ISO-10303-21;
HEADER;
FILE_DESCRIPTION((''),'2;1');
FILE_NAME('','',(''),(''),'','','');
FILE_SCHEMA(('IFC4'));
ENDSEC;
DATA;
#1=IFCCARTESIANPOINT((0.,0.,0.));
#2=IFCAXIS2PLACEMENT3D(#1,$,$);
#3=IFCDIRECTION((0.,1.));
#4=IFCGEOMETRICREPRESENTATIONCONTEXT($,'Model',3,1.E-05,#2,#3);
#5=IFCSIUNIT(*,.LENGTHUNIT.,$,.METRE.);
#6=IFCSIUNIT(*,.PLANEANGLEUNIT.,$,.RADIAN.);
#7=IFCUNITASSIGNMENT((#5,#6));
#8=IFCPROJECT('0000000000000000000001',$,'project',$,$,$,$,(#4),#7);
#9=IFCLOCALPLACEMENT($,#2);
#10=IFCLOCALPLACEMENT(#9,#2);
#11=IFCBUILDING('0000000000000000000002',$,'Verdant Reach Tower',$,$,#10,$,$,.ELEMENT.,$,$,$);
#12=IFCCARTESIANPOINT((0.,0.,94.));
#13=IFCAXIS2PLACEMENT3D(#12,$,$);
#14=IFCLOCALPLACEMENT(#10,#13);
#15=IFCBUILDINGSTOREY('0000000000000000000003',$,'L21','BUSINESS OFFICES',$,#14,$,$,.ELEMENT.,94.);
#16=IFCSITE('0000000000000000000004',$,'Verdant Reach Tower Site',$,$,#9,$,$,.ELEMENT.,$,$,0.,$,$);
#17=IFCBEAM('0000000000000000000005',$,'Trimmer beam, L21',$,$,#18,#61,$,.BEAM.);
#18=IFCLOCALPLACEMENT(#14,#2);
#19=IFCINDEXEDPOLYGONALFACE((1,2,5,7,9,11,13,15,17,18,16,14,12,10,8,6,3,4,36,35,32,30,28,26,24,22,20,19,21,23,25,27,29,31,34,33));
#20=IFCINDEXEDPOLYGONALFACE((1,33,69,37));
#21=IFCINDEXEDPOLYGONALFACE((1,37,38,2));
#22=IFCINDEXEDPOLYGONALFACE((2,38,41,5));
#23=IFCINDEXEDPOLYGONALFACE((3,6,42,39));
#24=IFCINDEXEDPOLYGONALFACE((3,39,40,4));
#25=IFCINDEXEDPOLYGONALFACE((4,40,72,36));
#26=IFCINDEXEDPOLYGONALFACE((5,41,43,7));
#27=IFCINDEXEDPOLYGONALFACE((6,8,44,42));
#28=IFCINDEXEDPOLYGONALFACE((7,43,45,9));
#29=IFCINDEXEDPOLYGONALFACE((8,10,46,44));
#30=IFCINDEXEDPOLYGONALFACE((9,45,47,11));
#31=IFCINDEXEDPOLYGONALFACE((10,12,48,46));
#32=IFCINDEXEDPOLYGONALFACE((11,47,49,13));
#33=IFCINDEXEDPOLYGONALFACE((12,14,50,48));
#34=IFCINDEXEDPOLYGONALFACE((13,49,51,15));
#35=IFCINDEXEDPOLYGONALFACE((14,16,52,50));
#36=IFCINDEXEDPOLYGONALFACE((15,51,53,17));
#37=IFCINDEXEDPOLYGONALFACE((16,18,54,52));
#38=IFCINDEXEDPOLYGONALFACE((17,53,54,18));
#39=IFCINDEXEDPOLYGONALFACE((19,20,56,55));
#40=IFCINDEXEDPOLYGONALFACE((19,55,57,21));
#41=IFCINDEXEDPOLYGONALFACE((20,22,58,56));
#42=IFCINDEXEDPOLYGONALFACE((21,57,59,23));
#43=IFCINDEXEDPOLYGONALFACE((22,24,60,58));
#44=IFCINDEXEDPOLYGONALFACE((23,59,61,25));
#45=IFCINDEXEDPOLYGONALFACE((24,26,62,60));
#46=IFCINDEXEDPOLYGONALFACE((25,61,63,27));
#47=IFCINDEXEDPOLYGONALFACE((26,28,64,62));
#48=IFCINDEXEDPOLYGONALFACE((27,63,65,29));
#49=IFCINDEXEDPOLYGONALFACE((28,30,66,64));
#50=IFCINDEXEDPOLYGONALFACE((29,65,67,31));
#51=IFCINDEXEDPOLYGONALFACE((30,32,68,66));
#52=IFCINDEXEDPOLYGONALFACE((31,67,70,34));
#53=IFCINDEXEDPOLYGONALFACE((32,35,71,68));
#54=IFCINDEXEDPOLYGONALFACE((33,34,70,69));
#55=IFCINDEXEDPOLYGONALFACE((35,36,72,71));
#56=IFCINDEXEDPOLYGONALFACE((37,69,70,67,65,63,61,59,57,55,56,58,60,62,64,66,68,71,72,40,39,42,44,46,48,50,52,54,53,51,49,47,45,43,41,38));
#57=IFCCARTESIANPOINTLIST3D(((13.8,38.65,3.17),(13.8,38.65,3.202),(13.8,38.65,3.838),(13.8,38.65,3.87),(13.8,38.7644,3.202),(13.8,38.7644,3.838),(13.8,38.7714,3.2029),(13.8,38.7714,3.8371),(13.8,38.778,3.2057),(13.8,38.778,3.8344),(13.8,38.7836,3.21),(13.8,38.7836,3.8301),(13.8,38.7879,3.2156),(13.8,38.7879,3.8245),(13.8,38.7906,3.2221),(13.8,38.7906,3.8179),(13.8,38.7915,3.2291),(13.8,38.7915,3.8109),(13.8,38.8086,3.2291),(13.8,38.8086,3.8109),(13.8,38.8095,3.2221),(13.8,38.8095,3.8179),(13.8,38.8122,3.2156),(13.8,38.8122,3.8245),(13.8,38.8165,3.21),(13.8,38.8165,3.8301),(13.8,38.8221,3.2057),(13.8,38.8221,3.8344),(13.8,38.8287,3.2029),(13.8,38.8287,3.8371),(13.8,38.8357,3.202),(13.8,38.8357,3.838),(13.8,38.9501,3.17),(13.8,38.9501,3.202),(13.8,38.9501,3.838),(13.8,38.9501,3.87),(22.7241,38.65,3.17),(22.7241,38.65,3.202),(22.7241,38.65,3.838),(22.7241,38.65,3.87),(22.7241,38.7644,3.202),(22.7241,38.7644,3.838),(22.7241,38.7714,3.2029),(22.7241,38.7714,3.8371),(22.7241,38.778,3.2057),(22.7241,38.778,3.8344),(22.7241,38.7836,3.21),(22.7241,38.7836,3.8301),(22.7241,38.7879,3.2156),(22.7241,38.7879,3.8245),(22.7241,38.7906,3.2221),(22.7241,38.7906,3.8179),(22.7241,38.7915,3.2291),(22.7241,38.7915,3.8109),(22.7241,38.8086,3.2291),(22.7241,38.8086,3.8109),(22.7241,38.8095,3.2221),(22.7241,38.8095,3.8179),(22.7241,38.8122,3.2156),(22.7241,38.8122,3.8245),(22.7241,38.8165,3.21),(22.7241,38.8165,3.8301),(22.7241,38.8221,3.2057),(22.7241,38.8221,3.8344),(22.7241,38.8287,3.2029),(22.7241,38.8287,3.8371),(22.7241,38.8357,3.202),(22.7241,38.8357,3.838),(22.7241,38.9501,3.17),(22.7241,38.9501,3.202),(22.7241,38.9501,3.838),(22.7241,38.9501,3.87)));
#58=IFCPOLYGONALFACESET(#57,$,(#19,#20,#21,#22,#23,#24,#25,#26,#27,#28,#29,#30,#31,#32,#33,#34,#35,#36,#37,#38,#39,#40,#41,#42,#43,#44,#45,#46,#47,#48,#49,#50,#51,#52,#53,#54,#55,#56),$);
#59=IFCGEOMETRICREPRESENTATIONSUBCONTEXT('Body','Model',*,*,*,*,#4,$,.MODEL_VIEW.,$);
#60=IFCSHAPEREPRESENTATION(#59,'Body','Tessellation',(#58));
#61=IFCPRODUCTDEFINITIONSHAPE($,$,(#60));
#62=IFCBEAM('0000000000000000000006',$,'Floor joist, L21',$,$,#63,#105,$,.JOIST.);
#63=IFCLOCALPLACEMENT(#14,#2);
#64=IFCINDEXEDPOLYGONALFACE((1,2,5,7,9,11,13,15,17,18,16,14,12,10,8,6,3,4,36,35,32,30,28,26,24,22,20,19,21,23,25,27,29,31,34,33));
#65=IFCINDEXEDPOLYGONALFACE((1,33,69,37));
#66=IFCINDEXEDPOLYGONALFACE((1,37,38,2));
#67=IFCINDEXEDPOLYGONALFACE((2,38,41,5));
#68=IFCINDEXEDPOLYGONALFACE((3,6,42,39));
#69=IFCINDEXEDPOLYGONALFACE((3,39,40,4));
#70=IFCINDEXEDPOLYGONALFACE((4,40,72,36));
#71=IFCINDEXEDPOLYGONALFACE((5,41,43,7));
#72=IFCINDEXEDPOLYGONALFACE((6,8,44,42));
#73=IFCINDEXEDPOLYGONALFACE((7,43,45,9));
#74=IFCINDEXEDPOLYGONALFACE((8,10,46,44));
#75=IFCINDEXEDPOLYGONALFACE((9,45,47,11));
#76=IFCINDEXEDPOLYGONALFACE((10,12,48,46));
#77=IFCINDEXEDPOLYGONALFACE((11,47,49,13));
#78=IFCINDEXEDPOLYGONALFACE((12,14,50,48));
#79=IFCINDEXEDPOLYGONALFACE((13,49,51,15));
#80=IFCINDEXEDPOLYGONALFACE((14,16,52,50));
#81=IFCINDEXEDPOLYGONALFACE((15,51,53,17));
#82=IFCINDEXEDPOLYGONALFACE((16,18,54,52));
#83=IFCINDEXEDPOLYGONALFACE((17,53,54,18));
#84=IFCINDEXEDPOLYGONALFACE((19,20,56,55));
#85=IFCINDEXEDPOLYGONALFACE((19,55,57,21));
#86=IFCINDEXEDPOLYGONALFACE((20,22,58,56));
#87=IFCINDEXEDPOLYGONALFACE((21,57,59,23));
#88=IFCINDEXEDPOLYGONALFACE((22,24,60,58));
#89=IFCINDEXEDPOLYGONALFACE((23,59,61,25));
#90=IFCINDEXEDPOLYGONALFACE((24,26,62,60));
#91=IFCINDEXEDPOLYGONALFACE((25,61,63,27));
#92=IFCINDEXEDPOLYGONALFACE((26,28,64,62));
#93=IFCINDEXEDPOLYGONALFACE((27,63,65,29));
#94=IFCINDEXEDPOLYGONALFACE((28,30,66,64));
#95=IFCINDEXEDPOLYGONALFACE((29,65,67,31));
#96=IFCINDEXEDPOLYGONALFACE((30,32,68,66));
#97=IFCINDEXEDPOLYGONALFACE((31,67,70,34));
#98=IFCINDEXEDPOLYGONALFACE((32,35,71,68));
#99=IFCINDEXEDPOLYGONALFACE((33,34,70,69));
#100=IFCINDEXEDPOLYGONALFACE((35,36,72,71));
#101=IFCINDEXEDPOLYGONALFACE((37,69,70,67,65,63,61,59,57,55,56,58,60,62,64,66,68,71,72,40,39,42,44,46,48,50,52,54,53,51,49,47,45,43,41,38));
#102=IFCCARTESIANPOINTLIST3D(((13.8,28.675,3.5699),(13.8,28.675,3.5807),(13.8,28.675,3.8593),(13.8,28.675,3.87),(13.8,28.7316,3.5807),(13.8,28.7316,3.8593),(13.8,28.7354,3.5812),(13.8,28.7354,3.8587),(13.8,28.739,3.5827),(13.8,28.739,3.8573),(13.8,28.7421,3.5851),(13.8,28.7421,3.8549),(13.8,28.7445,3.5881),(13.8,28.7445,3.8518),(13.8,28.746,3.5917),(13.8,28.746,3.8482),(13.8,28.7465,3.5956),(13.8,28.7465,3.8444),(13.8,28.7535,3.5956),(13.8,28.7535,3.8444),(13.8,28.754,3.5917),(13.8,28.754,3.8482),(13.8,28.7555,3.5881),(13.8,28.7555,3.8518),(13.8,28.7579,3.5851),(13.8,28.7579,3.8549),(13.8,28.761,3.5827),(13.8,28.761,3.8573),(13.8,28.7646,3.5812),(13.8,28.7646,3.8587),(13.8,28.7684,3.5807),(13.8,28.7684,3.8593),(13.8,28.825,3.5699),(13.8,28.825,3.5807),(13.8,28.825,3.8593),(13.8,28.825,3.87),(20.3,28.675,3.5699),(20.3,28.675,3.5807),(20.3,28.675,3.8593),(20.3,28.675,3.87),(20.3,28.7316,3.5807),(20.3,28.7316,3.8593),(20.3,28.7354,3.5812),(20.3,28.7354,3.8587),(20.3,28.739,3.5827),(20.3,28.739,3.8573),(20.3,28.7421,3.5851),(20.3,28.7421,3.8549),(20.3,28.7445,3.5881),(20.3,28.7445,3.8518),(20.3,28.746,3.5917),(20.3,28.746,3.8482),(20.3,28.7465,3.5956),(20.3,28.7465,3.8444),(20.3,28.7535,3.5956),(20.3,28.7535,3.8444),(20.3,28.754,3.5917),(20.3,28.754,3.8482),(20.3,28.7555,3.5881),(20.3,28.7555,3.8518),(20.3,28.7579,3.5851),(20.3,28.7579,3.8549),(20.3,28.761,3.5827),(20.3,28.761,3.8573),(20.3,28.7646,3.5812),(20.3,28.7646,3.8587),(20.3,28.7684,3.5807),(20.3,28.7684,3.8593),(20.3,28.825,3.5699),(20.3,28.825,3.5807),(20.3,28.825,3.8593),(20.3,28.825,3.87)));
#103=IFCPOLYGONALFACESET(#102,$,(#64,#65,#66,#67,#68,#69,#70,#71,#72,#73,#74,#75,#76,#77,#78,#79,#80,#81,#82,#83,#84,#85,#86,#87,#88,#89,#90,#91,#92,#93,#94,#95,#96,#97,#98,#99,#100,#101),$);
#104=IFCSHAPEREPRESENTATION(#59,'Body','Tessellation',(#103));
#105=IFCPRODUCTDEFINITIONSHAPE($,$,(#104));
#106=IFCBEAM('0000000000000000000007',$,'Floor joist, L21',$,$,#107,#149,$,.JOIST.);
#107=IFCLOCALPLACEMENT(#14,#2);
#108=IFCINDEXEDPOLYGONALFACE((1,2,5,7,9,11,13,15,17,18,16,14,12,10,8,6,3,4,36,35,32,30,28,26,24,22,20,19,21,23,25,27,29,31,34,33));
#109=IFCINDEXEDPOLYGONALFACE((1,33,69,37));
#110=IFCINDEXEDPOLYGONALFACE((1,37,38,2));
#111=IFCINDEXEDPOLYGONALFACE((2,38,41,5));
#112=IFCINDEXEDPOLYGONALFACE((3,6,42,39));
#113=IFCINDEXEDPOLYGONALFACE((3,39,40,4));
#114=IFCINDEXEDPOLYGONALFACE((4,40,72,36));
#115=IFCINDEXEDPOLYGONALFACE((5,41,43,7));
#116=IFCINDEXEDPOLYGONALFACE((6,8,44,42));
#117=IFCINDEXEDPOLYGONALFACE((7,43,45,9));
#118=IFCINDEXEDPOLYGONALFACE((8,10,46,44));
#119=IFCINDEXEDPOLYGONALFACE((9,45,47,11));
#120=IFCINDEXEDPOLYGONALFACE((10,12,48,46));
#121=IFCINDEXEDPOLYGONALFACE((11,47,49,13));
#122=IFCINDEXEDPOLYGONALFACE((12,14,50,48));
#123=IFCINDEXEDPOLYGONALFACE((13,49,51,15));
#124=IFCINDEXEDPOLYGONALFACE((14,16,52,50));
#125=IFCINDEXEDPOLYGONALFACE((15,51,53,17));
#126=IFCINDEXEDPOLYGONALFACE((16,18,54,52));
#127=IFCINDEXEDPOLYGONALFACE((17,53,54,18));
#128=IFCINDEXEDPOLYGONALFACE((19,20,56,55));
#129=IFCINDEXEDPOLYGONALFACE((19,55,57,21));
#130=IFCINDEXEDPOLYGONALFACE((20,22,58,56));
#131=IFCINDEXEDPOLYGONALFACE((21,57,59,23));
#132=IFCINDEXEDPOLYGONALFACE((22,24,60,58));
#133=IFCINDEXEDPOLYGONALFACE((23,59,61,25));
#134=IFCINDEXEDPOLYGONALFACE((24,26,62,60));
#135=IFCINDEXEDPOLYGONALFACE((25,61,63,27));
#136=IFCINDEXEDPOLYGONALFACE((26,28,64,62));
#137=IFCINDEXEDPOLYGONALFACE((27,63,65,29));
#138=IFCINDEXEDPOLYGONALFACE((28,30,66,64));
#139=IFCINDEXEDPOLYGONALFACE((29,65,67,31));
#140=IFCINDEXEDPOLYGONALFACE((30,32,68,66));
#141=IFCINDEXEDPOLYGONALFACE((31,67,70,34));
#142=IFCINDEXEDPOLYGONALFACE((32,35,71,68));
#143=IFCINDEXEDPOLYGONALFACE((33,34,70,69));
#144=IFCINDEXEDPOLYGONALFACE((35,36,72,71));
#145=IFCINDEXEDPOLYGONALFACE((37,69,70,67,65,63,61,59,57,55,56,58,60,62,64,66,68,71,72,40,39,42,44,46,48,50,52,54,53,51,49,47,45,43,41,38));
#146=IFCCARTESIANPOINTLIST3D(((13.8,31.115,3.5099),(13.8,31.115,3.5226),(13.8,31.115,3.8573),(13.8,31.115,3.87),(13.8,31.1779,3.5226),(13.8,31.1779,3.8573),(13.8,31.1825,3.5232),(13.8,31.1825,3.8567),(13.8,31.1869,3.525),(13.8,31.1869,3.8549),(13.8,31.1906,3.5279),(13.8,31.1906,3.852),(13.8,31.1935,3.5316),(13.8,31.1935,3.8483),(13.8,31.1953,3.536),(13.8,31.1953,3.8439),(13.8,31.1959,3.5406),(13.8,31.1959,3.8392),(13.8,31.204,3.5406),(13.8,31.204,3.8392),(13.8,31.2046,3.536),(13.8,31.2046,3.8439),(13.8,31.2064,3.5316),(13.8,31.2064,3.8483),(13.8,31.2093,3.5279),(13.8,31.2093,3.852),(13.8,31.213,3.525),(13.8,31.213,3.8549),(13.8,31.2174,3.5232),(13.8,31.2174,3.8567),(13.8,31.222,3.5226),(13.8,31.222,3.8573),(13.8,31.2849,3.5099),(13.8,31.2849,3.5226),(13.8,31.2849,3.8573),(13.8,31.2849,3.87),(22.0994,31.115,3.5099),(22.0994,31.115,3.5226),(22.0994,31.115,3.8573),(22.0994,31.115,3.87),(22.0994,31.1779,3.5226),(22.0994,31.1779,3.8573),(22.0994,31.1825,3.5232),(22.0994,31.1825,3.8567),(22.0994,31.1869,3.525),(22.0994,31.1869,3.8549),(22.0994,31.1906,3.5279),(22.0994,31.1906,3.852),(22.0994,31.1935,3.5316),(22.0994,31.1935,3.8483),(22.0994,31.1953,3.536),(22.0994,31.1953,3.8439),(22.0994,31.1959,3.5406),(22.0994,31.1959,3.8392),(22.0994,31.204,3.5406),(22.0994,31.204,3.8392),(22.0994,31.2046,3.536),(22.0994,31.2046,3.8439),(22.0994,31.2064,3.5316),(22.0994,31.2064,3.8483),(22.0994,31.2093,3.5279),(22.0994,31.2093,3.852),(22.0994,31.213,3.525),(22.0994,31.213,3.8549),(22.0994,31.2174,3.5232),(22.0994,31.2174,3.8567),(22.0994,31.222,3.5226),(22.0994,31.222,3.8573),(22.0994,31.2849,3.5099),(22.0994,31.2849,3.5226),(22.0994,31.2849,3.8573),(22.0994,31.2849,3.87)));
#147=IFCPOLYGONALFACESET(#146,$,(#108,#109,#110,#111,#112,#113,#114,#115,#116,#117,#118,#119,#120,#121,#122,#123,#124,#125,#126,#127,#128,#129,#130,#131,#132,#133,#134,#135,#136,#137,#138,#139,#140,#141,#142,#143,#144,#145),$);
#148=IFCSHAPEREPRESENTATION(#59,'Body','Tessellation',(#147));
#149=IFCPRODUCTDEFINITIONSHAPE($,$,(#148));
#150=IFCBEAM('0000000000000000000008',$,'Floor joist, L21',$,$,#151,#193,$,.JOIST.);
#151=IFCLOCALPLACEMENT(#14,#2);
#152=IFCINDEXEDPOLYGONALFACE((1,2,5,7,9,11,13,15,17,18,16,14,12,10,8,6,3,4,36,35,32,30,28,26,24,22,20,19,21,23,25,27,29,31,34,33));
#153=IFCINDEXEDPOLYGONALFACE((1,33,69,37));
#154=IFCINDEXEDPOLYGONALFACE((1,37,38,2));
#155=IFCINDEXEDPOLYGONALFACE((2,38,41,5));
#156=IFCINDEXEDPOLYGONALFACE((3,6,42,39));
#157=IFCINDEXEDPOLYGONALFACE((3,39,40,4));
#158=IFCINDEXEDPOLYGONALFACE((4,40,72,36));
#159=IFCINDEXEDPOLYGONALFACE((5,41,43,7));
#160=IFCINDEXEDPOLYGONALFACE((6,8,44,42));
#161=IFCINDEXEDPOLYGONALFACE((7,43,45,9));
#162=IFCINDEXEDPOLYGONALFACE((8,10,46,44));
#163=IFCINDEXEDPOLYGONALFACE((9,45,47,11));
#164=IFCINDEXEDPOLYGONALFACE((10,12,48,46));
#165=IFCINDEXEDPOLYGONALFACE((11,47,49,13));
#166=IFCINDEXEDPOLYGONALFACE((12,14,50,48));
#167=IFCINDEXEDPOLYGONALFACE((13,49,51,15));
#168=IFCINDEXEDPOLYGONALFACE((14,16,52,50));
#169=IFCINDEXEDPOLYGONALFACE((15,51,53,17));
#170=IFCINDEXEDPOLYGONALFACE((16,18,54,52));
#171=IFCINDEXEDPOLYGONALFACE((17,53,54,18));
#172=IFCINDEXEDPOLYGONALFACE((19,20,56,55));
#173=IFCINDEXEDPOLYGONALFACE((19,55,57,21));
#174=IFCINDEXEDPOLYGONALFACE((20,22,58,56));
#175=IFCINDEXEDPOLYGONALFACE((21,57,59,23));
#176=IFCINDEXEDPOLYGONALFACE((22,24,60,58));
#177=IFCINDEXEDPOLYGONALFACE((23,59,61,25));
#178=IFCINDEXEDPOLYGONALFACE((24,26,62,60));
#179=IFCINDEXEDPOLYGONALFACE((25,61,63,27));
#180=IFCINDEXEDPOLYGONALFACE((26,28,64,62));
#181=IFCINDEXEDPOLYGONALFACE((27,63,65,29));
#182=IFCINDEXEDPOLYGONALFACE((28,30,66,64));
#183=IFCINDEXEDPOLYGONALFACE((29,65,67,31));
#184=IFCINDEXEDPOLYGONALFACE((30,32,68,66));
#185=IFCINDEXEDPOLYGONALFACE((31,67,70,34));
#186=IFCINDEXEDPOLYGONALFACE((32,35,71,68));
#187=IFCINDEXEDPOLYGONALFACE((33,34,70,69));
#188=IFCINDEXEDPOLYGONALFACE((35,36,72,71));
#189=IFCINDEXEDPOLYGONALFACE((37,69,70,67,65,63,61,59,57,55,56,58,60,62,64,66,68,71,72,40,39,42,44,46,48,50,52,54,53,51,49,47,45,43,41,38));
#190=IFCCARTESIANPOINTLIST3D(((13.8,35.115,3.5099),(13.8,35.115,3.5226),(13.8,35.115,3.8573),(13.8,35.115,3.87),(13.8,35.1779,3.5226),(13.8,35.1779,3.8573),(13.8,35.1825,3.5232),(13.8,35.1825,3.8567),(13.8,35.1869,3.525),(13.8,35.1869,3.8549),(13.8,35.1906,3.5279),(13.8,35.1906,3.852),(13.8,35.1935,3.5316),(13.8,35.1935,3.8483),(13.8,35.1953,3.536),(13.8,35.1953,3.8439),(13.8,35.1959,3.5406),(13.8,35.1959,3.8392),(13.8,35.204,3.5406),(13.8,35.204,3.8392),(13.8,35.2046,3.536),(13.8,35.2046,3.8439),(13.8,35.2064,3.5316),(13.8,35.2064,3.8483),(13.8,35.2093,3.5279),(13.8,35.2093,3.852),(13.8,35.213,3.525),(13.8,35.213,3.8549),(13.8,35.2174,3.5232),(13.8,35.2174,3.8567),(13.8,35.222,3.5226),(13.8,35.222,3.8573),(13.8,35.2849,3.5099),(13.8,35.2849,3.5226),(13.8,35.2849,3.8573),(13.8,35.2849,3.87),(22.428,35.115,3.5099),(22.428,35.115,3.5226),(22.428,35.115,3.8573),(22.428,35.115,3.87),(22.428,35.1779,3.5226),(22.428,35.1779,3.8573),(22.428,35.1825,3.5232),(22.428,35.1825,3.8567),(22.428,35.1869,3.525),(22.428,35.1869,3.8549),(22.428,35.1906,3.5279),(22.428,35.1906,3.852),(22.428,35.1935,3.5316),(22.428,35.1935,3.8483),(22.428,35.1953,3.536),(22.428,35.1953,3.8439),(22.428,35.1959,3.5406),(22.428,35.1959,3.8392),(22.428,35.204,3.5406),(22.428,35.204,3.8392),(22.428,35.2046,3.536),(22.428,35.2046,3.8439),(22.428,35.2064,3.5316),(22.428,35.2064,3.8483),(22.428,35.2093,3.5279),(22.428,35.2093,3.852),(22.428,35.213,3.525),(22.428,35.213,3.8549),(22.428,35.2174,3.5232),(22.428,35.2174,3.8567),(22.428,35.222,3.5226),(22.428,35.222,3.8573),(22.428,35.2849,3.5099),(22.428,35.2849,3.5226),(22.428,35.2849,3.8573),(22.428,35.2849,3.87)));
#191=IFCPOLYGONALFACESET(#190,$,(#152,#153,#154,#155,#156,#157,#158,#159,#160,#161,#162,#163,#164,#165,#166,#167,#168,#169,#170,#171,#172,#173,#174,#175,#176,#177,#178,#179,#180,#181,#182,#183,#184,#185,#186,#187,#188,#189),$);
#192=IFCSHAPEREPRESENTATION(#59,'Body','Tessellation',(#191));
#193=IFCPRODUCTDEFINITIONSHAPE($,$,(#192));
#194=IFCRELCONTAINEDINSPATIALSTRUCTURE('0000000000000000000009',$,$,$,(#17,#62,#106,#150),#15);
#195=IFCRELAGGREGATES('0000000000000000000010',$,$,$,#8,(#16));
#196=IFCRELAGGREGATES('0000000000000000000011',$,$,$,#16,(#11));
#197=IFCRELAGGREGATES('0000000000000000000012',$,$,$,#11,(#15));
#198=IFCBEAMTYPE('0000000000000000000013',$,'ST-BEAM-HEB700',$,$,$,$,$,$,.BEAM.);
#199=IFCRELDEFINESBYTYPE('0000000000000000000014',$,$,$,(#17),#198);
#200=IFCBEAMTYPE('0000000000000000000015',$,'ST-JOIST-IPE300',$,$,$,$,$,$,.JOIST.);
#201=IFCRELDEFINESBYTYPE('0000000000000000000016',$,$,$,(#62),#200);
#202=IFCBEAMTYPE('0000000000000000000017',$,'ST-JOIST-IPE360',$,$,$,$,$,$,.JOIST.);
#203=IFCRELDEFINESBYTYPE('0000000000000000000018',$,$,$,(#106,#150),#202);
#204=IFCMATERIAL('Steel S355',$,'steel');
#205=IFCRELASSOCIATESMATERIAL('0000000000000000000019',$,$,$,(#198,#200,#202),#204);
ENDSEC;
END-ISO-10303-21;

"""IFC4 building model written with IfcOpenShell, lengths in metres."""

from ifc_helpers import new_model, si_unit, direction, frame, origin, origin_2d, place, context, subcontext, project, spatial, i_section, extrude, material, material_profile, profile_set, type_object, element, save


model = new_model("IFC4")

# Units and contexts
model_context = context("Model", 3, precision=1e-05, world=origin(), true_north=direction((0.0, 1.0)))
body_context = subcontext(model_context, "Body", "Model", "MODEL_VIEW")
ifc_project = project(units=[si_unit("LENGTHUNIT", "METRE"), si_unit("PLANEANGLEUNIT", "RADIAN")], contexts=[model_context])

# Site, building, storey
site_placement = place(None, origin())
site = spatial("IfcSite", under=ifc_project, at=site_placement, Name="Verdant Reach Tower Site", CompositionType="ELEMENT", RefElevation=0.0)
building_placement = place(site_placement, origin())
building = spatial("IfcBuilding", under=site, at=building_placement, Name="Verdant Reach Tower", CompositionType="ELEMENT")
storey_placement = place(building_placement, frame((0.0, 0.0, 94.0)))
storey = spatial("IfcBuildingStorey", under=building, at=storey_placement, Name="L21", Description="BUSINESS OFFICES", CompositionType="ELEMENT", Elevation=94.0)

# Beams
ifc_material_1 = material(Name="Steel S355", Category="steel")
ifc_material_profile_1 = material_profile(ifc_material_1, i_section(OverallWidth=0.3, OverallDepth=0.7, WebThickness=0.0171, FlangeThickness=0.032, FilletRadius=0.0271, at=origin_2d()), Name="HEB 700")
ifc_profile_set_1 = profile_set([ifc_material_profile_1], Name="Steel S355")
beam_type_1 = type_object("IfcBeamType", Name="ST-BEAM-HEB700", PredefinedType="BEAM", material=ifc_profile_set_1)
beam_1_placement = place(storey_placement, frame((13.8, 38.8, 3.52), z_axis=(1.0, 0.0, 0.0), x_axis=(0.0, 1.0, 0.0)))
element("IfcBeam", 1, at=beam_1_placement, inside=storey, type_object=beam_type_1, Name="Trimmer beam, L21", PredefinedType="BEAM", context=body_context, shape_type="SweptSolid", body=[
    extrude(i_section(OverallWidth=0.3, OverallDepth=0.7, WebThickness=0.0171, FlangeThickness=0.032, FilletRadius=0.0271, at=origin_2d()), origin(), (0.0, 0.0, 1.0), 8.9241),
])
ifc_material_profile_2 = material_profile(ifc_material_1, i_section(OverallWidth=0.1499, OverallDepth=0.3, WebThickness=0.0071, FlangeThickness=0.0107, FilletRadius=0.0149, at=origin_2d()), Name="IPE 300")
ifc_profile_set_2 = profile_set([ifc_material_profile_2], Name="Steel S355")
beam_type_2 = type_object("IfcBeamType", Name="ST-JOIST-IPE300", PredefinedType="JOIST", material=ifc_profile_set_2)
beam_2_placement = place(storey_placement, frame((13.8, 28.75, 3.72), z_axis=(1.0, 0.0, 0.0), x_axis=(0.0, 1.0, 0.0)))
element("IfcBeam", 2, at=beam_2_placement, inside=storey, type_object=beam_type_2, Name="Floor joist, L21", PredefinedType="JOIST", context=body_context, shape_type="SweptSolid", body=[
    extrude(i_section(OverallWidth=0.1499, OverallDepth=0.3, WebThickness=0.0071, FlangeThickness=0.0107, FilletRadius=0.0149, at=origin_2d()), origin(), (0.0, 0.0, 1.0), 6.5),
])
ifc_material_profile_3 = material_profile(ifc_material_1, i_section(OverallWidth=0.1699, OverallDepth=0.3601, WebThickness=0.0081, FlangeThickness=0.0127, FilletRadius=0.0181, at=origin_2d()), Name="IPE 360")
ifc_profile_set_3 = profile_set([ifc_material_profile_3], Name="Steel S355")
beam_type_3 = type_object("IfcBeamType", Name="ST-JOIST-IPE360", PredefinedType="JOIST", material=ifc_profile_set_3)
beam_3_placement = place(storey_placement, frame((13.8, 31.2, 3.6899), z_axis=(1.0, 0.0, 0.0), x_axis=(0.0, 1.0, 0.0)))
element("IfcBeam", 3, at=beam_3_placement, inside=storey, type_object=beam_type_3, Name="Floor joist, L21", PredefinedType="JOIST", context=body_context, shape_type="SweptSolid", body=[
    extrude(i_section(OverallWidth=0.1699, OverallDepth=0.3601, WebThickness=0.0081, FlangeThickness=0.0127, FilletRadius=0.0181, at=origin_2d()), origin(), (0.0, 0.0, 1.0), 8.2993),
])
beam_4_placement = place(storey_placement, frame((13.8, 35.2, 3.6899), z_axis=(1.0, 0.0, 0.0), x_axis=(0.0, 1.0, 0.0)))
element("IfcBeam", 4, at=beam_4_placement, inside=storey, type_object=beam_type_3, Name="Floor joist, L21", PredefinedType="JOIST", context=body_context, shape_type="SweptSolid", body=[
    extrude(i_section(OverallWidth=0.1699, OverallDepth=0.3601, WebThickness=0.0081, FlangeThickness=0.0127, FilletRadius=0.0181, at=origin_2d()), origin(), (0.0, 0.0, 1.0), 8.6279),
])

save(model, "model.ifc")
